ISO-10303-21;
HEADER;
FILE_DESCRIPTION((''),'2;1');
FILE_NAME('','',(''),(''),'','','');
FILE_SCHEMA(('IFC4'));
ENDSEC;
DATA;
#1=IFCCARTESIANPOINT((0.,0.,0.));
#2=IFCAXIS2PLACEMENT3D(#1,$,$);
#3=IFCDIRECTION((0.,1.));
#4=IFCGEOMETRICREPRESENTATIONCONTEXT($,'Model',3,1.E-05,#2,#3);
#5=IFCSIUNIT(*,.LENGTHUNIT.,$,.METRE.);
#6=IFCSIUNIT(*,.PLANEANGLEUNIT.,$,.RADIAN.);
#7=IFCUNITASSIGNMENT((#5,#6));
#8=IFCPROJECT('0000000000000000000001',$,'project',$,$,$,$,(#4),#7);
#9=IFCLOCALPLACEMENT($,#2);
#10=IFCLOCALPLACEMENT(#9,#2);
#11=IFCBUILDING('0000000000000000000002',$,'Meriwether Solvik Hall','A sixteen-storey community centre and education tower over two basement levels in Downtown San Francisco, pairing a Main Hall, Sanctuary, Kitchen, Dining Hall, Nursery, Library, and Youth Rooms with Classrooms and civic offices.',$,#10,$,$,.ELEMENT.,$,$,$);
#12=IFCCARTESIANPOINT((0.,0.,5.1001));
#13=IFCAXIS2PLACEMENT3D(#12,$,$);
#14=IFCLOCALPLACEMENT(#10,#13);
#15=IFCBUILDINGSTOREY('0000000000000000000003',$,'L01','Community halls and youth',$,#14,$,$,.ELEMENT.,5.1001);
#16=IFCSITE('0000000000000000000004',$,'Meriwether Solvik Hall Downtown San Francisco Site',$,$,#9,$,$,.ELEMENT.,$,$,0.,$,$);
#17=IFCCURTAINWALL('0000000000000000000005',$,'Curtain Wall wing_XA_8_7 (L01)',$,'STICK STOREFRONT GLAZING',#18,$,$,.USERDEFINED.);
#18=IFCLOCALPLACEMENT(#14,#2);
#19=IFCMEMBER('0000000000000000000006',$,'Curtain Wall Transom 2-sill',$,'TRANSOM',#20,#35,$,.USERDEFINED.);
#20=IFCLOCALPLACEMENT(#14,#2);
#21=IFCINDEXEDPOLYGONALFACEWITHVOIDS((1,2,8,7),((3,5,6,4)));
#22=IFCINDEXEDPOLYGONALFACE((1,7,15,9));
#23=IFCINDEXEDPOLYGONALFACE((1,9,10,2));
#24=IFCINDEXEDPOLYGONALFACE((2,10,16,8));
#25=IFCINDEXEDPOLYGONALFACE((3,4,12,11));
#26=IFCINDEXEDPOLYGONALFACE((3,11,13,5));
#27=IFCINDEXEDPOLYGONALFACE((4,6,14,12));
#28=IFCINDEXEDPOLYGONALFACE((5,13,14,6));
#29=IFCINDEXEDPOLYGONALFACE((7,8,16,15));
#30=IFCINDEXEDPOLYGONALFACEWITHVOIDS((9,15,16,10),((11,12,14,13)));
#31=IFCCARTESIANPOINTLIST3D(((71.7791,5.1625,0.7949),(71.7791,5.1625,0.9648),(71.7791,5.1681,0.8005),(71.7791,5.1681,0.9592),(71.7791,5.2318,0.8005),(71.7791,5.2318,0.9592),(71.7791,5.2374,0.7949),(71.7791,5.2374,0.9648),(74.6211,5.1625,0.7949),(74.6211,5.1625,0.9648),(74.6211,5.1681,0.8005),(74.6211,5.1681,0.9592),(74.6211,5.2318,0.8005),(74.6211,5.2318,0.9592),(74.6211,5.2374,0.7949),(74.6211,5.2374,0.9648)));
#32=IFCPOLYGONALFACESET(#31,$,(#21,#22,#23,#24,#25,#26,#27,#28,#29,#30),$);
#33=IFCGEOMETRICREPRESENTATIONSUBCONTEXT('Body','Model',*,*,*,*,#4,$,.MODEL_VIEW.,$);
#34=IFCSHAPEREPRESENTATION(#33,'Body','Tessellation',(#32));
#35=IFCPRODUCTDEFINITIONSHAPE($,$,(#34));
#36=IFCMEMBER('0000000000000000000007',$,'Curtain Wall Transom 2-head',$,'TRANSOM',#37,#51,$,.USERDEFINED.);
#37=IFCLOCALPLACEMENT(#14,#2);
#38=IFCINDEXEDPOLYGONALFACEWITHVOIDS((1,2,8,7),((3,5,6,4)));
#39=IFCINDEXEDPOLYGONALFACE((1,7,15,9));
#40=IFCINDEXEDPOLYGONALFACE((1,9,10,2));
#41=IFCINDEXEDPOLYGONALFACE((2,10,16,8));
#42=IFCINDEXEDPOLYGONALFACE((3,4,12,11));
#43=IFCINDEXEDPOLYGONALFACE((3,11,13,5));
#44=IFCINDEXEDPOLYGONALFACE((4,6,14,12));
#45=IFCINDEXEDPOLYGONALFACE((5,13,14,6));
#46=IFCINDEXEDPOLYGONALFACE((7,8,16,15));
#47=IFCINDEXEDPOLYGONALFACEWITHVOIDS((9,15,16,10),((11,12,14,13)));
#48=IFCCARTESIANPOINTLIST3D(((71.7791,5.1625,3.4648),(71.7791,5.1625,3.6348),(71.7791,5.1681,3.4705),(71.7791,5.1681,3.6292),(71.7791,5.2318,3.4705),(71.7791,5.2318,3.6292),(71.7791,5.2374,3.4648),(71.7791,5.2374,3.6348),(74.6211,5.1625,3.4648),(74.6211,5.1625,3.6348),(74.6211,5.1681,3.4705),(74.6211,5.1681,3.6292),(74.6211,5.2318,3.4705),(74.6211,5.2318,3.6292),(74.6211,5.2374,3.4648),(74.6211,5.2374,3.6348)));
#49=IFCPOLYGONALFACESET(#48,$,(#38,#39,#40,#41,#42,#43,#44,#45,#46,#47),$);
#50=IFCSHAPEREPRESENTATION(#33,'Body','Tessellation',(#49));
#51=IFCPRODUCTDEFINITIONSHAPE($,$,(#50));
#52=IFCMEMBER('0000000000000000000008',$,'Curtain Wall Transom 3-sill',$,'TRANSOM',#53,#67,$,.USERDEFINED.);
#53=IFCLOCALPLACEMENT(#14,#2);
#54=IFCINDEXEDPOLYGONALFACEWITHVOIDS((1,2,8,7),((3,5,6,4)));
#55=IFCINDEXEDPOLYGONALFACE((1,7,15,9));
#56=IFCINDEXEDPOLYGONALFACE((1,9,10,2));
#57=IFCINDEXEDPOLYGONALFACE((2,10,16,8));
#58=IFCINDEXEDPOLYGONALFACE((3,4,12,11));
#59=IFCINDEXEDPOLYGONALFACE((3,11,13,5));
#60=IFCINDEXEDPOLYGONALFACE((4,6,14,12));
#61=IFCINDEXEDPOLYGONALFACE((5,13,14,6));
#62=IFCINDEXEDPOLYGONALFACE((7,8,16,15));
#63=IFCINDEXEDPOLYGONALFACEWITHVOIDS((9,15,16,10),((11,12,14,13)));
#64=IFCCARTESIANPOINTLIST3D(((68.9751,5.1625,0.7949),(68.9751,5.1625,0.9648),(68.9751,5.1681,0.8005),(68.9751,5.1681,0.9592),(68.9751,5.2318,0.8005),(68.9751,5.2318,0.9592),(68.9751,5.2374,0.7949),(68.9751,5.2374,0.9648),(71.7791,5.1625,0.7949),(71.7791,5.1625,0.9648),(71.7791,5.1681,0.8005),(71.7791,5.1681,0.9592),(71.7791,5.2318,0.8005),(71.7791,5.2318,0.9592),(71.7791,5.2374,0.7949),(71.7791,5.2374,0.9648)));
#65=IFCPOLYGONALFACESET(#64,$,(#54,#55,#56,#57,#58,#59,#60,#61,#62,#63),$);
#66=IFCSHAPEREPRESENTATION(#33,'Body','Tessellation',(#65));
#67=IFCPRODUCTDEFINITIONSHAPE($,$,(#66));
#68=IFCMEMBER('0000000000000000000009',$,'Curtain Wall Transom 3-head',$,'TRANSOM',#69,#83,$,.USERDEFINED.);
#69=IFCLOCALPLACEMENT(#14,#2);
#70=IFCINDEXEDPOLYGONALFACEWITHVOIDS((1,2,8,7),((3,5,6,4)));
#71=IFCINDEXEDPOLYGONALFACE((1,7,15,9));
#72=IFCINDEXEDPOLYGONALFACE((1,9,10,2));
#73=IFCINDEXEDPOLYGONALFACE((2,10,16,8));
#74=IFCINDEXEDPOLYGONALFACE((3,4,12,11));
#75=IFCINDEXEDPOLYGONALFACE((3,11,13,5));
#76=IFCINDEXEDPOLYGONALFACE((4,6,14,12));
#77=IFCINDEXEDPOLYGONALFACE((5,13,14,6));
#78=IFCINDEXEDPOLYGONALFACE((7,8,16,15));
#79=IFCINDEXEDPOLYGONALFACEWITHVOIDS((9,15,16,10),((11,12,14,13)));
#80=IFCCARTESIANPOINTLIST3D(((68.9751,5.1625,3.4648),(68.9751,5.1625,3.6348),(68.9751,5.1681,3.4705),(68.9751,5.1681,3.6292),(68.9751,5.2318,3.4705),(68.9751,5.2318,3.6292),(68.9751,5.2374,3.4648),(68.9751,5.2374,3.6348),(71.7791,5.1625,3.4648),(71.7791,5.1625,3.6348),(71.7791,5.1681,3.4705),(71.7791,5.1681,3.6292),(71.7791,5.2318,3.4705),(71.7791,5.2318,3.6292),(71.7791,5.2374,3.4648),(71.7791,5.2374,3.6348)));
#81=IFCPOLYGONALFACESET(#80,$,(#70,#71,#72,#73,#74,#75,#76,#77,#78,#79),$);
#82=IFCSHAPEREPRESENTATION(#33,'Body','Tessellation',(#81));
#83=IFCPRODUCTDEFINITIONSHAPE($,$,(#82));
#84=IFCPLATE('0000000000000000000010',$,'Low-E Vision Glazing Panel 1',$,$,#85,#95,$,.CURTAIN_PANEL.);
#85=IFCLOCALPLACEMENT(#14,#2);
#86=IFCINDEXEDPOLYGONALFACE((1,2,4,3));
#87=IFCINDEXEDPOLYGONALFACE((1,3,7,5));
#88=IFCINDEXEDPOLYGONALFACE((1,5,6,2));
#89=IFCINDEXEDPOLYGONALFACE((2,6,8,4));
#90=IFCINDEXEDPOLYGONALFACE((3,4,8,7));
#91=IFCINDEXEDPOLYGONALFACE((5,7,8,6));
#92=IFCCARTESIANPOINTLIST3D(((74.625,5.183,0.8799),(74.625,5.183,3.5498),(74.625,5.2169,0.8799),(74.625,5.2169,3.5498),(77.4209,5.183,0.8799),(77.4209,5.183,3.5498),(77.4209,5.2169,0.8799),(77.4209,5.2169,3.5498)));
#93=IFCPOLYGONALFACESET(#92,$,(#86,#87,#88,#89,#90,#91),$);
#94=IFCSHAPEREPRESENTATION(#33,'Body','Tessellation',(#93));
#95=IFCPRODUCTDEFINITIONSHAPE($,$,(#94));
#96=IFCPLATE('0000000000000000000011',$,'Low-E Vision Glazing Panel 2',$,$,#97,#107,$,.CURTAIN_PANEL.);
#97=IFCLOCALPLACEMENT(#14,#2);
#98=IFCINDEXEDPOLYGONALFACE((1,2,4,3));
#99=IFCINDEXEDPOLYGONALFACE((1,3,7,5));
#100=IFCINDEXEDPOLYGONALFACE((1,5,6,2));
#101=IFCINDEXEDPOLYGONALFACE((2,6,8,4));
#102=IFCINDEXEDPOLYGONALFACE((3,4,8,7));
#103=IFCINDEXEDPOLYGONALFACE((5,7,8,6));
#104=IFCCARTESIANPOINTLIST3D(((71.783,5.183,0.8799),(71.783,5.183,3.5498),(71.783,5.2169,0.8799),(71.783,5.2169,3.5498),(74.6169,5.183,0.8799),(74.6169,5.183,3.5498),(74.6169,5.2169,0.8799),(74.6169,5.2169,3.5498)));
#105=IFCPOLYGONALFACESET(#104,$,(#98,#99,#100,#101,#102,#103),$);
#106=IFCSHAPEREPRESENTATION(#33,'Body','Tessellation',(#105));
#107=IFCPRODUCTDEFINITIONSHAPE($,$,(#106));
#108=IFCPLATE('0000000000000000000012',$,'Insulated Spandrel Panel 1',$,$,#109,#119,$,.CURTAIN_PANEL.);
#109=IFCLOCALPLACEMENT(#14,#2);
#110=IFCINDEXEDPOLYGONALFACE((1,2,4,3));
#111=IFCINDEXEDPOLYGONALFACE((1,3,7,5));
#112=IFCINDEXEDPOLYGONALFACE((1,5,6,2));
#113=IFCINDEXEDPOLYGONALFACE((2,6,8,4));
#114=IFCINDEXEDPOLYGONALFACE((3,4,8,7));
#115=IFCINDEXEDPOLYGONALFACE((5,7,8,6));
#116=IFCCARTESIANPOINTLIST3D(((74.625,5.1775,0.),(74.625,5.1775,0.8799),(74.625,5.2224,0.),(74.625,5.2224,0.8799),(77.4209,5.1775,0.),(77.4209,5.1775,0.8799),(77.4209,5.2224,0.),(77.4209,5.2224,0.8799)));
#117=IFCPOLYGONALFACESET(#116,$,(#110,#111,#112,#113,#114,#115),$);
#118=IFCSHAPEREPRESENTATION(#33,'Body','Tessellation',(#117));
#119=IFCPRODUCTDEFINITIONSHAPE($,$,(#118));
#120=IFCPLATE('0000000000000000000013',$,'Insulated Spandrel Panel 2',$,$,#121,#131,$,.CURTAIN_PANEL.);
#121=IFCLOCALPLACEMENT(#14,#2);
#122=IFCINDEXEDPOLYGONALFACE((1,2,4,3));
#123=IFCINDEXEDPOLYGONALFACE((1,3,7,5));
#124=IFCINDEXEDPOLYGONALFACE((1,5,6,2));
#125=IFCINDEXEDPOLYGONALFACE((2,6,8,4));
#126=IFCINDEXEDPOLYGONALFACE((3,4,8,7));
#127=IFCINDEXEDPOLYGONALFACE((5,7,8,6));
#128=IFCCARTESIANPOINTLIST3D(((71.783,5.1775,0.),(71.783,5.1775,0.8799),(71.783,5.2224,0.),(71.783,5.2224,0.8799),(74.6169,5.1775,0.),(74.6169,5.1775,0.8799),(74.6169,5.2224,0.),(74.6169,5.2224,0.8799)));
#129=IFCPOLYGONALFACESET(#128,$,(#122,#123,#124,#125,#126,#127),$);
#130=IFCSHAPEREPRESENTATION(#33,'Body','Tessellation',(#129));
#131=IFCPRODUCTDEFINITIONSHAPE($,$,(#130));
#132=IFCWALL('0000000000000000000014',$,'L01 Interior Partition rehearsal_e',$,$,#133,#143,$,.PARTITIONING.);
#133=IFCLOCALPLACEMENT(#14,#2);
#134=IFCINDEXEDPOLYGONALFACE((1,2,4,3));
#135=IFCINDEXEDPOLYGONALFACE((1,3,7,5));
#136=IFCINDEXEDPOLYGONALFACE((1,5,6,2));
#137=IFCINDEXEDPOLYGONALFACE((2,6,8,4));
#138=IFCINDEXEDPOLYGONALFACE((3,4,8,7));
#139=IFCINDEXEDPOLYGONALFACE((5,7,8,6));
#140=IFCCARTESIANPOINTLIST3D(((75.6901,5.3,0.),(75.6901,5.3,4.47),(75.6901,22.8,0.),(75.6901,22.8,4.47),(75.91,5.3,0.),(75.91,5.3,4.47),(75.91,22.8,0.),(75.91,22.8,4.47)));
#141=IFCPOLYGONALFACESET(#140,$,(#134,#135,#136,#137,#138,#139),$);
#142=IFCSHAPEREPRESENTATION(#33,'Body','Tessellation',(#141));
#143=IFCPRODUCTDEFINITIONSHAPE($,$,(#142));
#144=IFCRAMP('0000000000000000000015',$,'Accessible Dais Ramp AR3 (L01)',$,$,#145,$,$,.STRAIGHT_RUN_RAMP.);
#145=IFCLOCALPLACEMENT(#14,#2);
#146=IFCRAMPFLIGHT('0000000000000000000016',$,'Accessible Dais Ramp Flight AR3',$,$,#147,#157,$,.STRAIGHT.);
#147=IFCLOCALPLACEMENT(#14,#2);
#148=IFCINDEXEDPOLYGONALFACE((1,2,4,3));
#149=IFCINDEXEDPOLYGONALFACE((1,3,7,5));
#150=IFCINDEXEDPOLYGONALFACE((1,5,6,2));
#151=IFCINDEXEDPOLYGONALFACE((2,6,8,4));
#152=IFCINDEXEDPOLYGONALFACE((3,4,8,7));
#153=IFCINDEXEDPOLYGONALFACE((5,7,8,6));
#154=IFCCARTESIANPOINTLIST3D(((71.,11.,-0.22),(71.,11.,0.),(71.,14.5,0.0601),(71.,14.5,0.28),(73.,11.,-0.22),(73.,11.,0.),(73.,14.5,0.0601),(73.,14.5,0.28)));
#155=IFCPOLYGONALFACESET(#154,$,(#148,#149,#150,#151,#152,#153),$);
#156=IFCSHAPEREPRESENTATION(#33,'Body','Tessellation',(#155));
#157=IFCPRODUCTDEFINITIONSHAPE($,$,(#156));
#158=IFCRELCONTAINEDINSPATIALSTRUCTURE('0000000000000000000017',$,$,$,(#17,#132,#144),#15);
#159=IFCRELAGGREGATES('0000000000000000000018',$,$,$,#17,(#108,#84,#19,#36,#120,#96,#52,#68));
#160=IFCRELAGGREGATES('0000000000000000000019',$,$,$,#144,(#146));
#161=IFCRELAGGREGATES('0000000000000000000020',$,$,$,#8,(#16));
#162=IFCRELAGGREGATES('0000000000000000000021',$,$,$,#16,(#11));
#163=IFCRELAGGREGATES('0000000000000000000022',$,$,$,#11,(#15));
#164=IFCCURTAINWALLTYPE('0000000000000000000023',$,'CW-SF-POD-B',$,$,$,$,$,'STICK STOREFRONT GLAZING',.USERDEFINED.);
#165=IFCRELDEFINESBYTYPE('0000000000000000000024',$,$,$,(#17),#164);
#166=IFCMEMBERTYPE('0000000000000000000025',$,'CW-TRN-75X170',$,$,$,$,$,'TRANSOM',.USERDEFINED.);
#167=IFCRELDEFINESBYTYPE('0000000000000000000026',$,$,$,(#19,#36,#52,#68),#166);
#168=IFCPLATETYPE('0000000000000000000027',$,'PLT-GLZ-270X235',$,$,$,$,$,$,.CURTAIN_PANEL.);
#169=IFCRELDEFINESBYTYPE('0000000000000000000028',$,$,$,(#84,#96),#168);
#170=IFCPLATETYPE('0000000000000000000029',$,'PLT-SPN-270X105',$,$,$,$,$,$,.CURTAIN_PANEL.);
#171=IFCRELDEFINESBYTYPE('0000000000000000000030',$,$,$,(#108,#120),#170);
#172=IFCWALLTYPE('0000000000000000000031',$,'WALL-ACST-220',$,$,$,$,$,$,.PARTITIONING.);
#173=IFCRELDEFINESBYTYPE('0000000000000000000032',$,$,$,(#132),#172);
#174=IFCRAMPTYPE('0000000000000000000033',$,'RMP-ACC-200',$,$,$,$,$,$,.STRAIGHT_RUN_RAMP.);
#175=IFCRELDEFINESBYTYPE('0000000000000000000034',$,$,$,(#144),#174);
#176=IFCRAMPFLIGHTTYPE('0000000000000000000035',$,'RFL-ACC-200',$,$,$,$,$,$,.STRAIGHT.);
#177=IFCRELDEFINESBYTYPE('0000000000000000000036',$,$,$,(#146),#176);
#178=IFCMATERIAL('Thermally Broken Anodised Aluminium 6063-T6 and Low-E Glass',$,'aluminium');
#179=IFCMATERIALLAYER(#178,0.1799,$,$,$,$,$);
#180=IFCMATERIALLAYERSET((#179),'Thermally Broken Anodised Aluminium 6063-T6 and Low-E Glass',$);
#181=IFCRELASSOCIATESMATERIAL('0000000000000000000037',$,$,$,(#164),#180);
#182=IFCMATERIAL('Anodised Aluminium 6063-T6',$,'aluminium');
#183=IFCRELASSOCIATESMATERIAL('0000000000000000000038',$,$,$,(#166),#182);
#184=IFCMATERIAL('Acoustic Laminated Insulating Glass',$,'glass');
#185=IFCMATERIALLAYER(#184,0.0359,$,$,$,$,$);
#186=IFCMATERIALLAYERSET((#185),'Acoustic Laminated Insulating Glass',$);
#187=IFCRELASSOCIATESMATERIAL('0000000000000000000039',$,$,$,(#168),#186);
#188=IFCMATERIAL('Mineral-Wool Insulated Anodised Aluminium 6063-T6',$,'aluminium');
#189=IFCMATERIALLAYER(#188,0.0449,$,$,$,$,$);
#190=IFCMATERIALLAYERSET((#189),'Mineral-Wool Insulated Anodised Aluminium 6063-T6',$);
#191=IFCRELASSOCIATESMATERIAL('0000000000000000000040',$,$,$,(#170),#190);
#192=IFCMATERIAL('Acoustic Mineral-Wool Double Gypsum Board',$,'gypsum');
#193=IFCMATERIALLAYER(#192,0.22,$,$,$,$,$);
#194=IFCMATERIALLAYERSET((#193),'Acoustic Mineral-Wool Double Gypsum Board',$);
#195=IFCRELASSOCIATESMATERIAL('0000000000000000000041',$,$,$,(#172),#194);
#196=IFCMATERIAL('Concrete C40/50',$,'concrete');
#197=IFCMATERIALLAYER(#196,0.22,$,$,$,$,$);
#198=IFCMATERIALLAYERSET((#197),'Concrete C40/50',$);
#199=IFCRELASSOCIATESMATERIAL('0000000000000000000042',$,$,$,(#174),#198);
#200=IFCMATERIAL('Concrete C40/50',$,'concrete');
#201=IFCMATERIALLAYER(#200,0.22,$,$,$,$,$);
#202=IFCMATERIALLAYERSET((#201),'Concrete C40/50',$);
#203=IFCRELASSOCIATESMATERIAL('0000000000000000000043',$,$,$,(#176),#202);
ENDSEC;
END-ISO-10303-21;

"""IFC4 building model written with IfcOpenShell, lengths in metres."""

from ifc_helpers import new_model, si_unit, direction, frame, frame_2d, origin, origin_2d, place, context, subcontext, project, spatial, polyline, rectangle, hollow_rectangle, outline, extrude, material, layer, layer_set, material_profile, profile_set, type_object, element, aggregate, save


model = new_model("IFC4")

# Units and contexts
model_context = context("Model", 3, precision=1e-05, world=origin(), true_north=direction((0.0, 1.0)))
body_context = subcontext(model_context, "Body", "Model", "MODEL_VIEW")
ifc_project = project(units=[si_unit("LENGTHUNIT", "METRE"), si_unit("PLANEANGLEUNIT", "RADIAN")], contexts=[model_context])

# Site, building, storey
site_placement = place(None, origin())
site = spatial("IfcSite", under=ifc_project, at=site_placement, Name="Meriwether Solvik Hall Downtown San Francisco Site", CompositionType="ELEMENT", RefElevation=0.0)
building_placement = place(site_placement, origin())
building = spatial("IfcBuilding", under=site, at=building_placement, Name="Meriwether Solvik Hall", Description="A sixteen-storey community centre and education tower over two basement levels in Downtown San Francisco, pairing a Main Hall, Sanctuary, Kitchen, Dining Hall, Nursery, Library, and Youth Rooms with Classrooms and civic offices.", CompositionType="ELEMENT")
storey_placement = place(building_placement, frame((0.0, 0.0, 5.1001)))
storey = spatial("IfcBuildingStorey", under=building, at=storey_placement, Name="L01", Description="Community halls and youth", CompositionType="ELEMENT", Elevation=5.1001)

# Curtain wall, members, plates
ifc_material_1 = material(Name="Thermally Broken Anodised Aluminium 6063-T6 and Low-E Glass", Category="aluminium")
ifc_layer_1 = layer(ifc_material_1, 0.1799)
ifc_layer_set_1 = layer_set([ifc_layer_1], Name="Thermally Broken Anodised Aluminium 6063-T6 and Low-E Glass")
curtain_wall_type = type_object("IfcCurtainWallType", Name="CW-SF-POD-B", ElementType="STICK STOREFRONT GLAZING", PredefinedType="USERDEFINED", material=ifc_layer_set_1)
curtain_wall_placement = place(storey_placement, origin())
curtain_wall = element("IfcCurtainWall", 1, at=curtain_wall_placement, inside=storey, type_object=curtain_wall_type, Name="Curtain Wall wing_XA_8_7 (L01)", ObjectType="STICK STOREFRONT GLAZING", PredefinedType="USERDEFINED")
ifc_material_2 = material(Name="Anodised Aluminium 6063-T6", Category="aluminium")
ifc_material_profile_1 = material_profile(ifc_material_2, hollow_rectangle(XDim=0.075, YDim=0.1699, WallThickness=0.0056, at=origin_2d()), Name="CWT-75X170")
ifc_profile_set_1 = profile_set([ifc_material_profile_1], Name="Anodised Aluminium 6063-T6")
member_type_1 = type_object("IfcMemberType", Name="CW-TRN-75X170", ElementType="TRANSOM", PredefinedType="USERDEFINED", material=ifc_profile_set_1)
member_1_placement = place(storey_placement, frame((74.6211, 5.2, 0.8799), z_axis=(-1.0, 0.0, 0.0), x_axis=(0.0, -1.0, 0.0)))
member_1 = element("IfcMember", 2, at=member_1_placement, type_object=member_type_1, Name="Curtain Wall Transom 2-sill", ObjectType="TRANSOM", PredefinedType="USERDEFINED", context=body_context, shape_type="SweptSolid", body=[
    extrude(hollow_rectangle(XDim=0.075, YDim=0.1699, WallThickness=0.0056, at=origin_2d()), origin(), (0.0, 0.0, 1.0), 2.842),
])
member_2_placement = place(storey_placement, frame((74.6211, 5.2, 3.5498), z_axis=(-1.0, 0.0, 0.0), x_axis=(0.0, -1.0, 0.0)))
member_2 = element("IfcMember", 3, at=member_2_placement, type_object=member_type_1, Name="Curtain Wall Transom 2-head", ObjectType="TRANSOM", PredefinedType="USERDEFINED", context=body_context, shape_type="SweptSolid", body=[
    extrude(hollow_rectangle(XDim=0.075, YDim=0.1699, WallThickness=0.0056, at=origin_2d()), origin(), (0.0, 0.0, 1.0), 2.842),
])
member_3_placement = place(storey_placement, frame((71.7791, 5.2, 0.8799), z_axis=(-1.0, 0.0, 0.0), x_axis=(0.0, -1.0, 0.0)))
member_3 = element("IfcMember", 4, at=member_3_placement, type_object=member_type_1, Name="Curtain Wall Transom 3-sill", ObjectType="TRANSOM", PredefinedType="USERDEFINED", context=body_context, shape_type="SweptSolid", body=[
    extrude(hollow_rectangle(XDim=0.075, YDim=0.1699, WallThickness=0.0056, at=origin_2d()), origin(), (0.0, 0.0, 1.0), 2.804),
])
member_4_placement = place(storey_placement, frame((71.7791, 5.2, 3.5498), z_axis=(-1.0, 0.0, 0.0), x_axis=(0.0, -1.0, 0.0)))
member_4 = element("IfcMember", 5, at=member_4_placement, type_object=member_type_1, Name="Curtain Wall Transom 3-head", ObjectType="TRANSOM", PredefinedType="USERDEFINED", context=body_context, shape_type="SweptSolid", body=[
    extrude(hollow_rectangle(XDim=0.075, YDim=0.1699, WallThickness=0.0056, at=origin_2d()), origin(), (0.0, 0.0, 1.0), 2.804),
])
ifc_material_3 = material(Name="Acoustic Laminated Insulating Glass", Category="glass")
ifc_layer_2 = layer(ifc_material_3, 0.0359)
ifc_layer_set_2 = layer_set([ifc_layer_2], Name="Acoustic Laminated Insulating Glass")
plate_type_1 = type_object("IfcPlateType", Name="PLT-GLZ-270X235", PredefinedType="CURTAIN_PANEL", material=ifc_layer_set_2)
plate_1_placement = place(storey_placement, frame((76.0229, 5.2, 0.8799), z_axis=(0.0, 0.0, 1.0), x_axis=(-1.0, 0.0, 0.0)))
plate_1 = element("IfcPlate", 6, at=plate_1_placement, type_object=plate_type_1, Name="Low-E Vision Glazing Panel 1", PredefinedType="CURTAIN_PANEL", context=body_context, shape_type="SweptSolid", body=[
    extrude(rectangle(XDim=2.7959, YDim=0.0339, at=origin_2d()), origin(), (0.0, 0.0, 1.0), 2.6699),
])
plate_2_placement = place(storey_placement, frame((73.2, 5.2, 0.8799), z_axis=(0.0, 0.0, 1.0), x_axis=(-1.0, 0.0, 0.0)))
plate_2 = element("IfcPlate", 7, at=plate_2_placement, type_object=plate_type_1, Name="Low-E Vision Glazing Panel 2", PredefinedType="CURTAIN_PANEL", context=body_context, shape_type="SweptSolid", body=[
    extrude(rectangle(XDim=2.834, YDim=0.0339, at=origin_2d()), origin(), (0.0, 0.0, 1.0), 2.6699),
])
ifc_material_4 = material(Name="Mineral-Wool Insulated Anodised Aluminium 6063-T6", Category="aluminium")
ifc_layer_3 = layer(ifc_material_4, 0.0449)
ifc_layer_set_3 = layer_set([ifc_layer_3], Name="Mineral-Wool Insulated Anodised Aluminium 6063-T6")
plate_type_2 = type_object("IfcPlateType", Name="PLT-SPN-270X105", PredefinedType="CURTAIN_PANEL", material=ifc_layer_set_3)
plate_3_placement = place(storey_placement, frame((76.0229, 5.2, 0.0), z_axis=(0.0, 0.0, 1.0), x_axis=(-1.0, 0.0, 0.0)))
plate_3 = element("IfcPlate", 8, at=plate_3_placement, type_object=plate_type_2, Name="Insulated Spandrel Panel 1", PredefinedType="CURTAIN_PANEL", context=body_context, shape_type="SweptSolid", body=[
    extrude(rectangle(XDim=2.7959, YDim=0.0449, at=origin_2d()), origin(), (0.0, 0.0, 1.0), 0.8799),
])
plate_4_placement = place(storey_placement, frame((73.2, 5.2, 0.0), z_axis=(0.0, 0.0, 1.0), x_axis=(-1.0, 0.0, 0.0)))
plate_4 = element("IfcPlate", 9, at=plate_4_placement, type_object=plate_type_2, Name="Insulated Spandrel Panel 2", PredefinedType="CURTAIN_PANEL", context=body_context, shape_type="SweptSolid", body=[
    extrude(rectangle(XDim=2.834, YDim=0.0449, at=origin_2d()), origin(), (0.0, 0.0, 1.0), 0.8799),
])
aggregate(curtain_wall, [plate_3, plate_1, member_1, member_2, plate_4, plate_2, member_3, member_4])

# Wall
ifc_material_5 = material(Name="Acoustic Mineral-Wool Double Gypsum Board", Category="gypsum")
ifc_layer_4 = layer(ifc_material_5, 0.22)
ifc_layer_set_4 = layer_set([ifc_layer_4], Name="Acoustic Mineral-Wool Double Gypsum Board")
wall_type = type_object("IfcWallType", Name="WALL-ACST-220", PredefinedType="PARTITIONING", material=ifc_layer_set_4)
wall_placement = place(storey_placement, frame((75.8, 5.3, 0.0), z_axis=(0.0, 0.0, 1.0), x_axis=(0.0, 1.0, 0.0)))
element("IfcWall", 10, at=wall_placement, inside=storey, type_object=wall_type, Name="L01 Interior Partition rehearsal_e", PredefinedType="PARTITIONING", context=body_context, shape_type="SweptSolid", body=[
    extrude(rectangle(XDim=17.5, YDim=0.22, at=frame_2d((8.75, 0.0))), origin(), (0.0, 0.0, 1.0), 4.47),
])

# Ramp, ramp flight
ifc_material_6 = material(Name="Concrete C40/50", Category="concrete")
ifc_layer_5 = layer(ifc_material_6, 0.22)
ifc_layer_set_5 = layer_set([ifc_layer_5], Name="Concrete C40/50")
ramp_type = type_object("IfcRampType", Name="RMP-ACC-200", PredefinedType="STRAIGHT_RUN_RAMP", material=ifc_layer_set_5)
ramp_placement = place(storey_placement, origin())
ramp = element("IfcRamp", 11, at=ramp_placement, inside=storey, type_object=ramp_type, Name="Accessible Dais Ramp AR3 (L01)", PredefinedType="STRAIGHT_RUN_RAMP")
ifc_material_7 = material(Name="Concrete C40/50", Category="concrete")
ifc_layer_6 = layer(ifc_material_7, 0.22)
ifc_layer_set_6 = layer_set([ifc_layer_6], Name="Concrete C40/50")
ramp_flight_type = type_object("IfcRampFlightType", Name="RFL-ACC-200", PredefinedType="STRAIGHT", material=ifc_layer_set_6)
ramp_flight_placement = place(storey_placement, frame((72.0, 11.0, 0.0), z_axis=(0.0, 0.0, 1.0), x_axis=(0.0, 1.0, 0.0)))
ramp_flight = element("IfcRampFlight", 12, at=ramp_flight_placement, type_object=ramp_flight_type, Name="Accessible Dais Ramp Flight AR3", PredefinedType="STRAIGHT", context=body_context, shape_type="SweptSolid", body=[
    extrude(outline(polyline([(0.0, 0.0), (3.5, 0.28), (3.5, 0.0601), (0.0, -0.22), (0.0, 0.0)])), frame((0.0, 1.0, 0.0), z_axis=(0.0, -1.0, 0.0), x_axis=(1.0, 0.0, 0.0)), (0.0, 0.0, 1.0), 2.0),
])
aggregate(ramp, [ramp_flight])

save(model, "model.ifc")
